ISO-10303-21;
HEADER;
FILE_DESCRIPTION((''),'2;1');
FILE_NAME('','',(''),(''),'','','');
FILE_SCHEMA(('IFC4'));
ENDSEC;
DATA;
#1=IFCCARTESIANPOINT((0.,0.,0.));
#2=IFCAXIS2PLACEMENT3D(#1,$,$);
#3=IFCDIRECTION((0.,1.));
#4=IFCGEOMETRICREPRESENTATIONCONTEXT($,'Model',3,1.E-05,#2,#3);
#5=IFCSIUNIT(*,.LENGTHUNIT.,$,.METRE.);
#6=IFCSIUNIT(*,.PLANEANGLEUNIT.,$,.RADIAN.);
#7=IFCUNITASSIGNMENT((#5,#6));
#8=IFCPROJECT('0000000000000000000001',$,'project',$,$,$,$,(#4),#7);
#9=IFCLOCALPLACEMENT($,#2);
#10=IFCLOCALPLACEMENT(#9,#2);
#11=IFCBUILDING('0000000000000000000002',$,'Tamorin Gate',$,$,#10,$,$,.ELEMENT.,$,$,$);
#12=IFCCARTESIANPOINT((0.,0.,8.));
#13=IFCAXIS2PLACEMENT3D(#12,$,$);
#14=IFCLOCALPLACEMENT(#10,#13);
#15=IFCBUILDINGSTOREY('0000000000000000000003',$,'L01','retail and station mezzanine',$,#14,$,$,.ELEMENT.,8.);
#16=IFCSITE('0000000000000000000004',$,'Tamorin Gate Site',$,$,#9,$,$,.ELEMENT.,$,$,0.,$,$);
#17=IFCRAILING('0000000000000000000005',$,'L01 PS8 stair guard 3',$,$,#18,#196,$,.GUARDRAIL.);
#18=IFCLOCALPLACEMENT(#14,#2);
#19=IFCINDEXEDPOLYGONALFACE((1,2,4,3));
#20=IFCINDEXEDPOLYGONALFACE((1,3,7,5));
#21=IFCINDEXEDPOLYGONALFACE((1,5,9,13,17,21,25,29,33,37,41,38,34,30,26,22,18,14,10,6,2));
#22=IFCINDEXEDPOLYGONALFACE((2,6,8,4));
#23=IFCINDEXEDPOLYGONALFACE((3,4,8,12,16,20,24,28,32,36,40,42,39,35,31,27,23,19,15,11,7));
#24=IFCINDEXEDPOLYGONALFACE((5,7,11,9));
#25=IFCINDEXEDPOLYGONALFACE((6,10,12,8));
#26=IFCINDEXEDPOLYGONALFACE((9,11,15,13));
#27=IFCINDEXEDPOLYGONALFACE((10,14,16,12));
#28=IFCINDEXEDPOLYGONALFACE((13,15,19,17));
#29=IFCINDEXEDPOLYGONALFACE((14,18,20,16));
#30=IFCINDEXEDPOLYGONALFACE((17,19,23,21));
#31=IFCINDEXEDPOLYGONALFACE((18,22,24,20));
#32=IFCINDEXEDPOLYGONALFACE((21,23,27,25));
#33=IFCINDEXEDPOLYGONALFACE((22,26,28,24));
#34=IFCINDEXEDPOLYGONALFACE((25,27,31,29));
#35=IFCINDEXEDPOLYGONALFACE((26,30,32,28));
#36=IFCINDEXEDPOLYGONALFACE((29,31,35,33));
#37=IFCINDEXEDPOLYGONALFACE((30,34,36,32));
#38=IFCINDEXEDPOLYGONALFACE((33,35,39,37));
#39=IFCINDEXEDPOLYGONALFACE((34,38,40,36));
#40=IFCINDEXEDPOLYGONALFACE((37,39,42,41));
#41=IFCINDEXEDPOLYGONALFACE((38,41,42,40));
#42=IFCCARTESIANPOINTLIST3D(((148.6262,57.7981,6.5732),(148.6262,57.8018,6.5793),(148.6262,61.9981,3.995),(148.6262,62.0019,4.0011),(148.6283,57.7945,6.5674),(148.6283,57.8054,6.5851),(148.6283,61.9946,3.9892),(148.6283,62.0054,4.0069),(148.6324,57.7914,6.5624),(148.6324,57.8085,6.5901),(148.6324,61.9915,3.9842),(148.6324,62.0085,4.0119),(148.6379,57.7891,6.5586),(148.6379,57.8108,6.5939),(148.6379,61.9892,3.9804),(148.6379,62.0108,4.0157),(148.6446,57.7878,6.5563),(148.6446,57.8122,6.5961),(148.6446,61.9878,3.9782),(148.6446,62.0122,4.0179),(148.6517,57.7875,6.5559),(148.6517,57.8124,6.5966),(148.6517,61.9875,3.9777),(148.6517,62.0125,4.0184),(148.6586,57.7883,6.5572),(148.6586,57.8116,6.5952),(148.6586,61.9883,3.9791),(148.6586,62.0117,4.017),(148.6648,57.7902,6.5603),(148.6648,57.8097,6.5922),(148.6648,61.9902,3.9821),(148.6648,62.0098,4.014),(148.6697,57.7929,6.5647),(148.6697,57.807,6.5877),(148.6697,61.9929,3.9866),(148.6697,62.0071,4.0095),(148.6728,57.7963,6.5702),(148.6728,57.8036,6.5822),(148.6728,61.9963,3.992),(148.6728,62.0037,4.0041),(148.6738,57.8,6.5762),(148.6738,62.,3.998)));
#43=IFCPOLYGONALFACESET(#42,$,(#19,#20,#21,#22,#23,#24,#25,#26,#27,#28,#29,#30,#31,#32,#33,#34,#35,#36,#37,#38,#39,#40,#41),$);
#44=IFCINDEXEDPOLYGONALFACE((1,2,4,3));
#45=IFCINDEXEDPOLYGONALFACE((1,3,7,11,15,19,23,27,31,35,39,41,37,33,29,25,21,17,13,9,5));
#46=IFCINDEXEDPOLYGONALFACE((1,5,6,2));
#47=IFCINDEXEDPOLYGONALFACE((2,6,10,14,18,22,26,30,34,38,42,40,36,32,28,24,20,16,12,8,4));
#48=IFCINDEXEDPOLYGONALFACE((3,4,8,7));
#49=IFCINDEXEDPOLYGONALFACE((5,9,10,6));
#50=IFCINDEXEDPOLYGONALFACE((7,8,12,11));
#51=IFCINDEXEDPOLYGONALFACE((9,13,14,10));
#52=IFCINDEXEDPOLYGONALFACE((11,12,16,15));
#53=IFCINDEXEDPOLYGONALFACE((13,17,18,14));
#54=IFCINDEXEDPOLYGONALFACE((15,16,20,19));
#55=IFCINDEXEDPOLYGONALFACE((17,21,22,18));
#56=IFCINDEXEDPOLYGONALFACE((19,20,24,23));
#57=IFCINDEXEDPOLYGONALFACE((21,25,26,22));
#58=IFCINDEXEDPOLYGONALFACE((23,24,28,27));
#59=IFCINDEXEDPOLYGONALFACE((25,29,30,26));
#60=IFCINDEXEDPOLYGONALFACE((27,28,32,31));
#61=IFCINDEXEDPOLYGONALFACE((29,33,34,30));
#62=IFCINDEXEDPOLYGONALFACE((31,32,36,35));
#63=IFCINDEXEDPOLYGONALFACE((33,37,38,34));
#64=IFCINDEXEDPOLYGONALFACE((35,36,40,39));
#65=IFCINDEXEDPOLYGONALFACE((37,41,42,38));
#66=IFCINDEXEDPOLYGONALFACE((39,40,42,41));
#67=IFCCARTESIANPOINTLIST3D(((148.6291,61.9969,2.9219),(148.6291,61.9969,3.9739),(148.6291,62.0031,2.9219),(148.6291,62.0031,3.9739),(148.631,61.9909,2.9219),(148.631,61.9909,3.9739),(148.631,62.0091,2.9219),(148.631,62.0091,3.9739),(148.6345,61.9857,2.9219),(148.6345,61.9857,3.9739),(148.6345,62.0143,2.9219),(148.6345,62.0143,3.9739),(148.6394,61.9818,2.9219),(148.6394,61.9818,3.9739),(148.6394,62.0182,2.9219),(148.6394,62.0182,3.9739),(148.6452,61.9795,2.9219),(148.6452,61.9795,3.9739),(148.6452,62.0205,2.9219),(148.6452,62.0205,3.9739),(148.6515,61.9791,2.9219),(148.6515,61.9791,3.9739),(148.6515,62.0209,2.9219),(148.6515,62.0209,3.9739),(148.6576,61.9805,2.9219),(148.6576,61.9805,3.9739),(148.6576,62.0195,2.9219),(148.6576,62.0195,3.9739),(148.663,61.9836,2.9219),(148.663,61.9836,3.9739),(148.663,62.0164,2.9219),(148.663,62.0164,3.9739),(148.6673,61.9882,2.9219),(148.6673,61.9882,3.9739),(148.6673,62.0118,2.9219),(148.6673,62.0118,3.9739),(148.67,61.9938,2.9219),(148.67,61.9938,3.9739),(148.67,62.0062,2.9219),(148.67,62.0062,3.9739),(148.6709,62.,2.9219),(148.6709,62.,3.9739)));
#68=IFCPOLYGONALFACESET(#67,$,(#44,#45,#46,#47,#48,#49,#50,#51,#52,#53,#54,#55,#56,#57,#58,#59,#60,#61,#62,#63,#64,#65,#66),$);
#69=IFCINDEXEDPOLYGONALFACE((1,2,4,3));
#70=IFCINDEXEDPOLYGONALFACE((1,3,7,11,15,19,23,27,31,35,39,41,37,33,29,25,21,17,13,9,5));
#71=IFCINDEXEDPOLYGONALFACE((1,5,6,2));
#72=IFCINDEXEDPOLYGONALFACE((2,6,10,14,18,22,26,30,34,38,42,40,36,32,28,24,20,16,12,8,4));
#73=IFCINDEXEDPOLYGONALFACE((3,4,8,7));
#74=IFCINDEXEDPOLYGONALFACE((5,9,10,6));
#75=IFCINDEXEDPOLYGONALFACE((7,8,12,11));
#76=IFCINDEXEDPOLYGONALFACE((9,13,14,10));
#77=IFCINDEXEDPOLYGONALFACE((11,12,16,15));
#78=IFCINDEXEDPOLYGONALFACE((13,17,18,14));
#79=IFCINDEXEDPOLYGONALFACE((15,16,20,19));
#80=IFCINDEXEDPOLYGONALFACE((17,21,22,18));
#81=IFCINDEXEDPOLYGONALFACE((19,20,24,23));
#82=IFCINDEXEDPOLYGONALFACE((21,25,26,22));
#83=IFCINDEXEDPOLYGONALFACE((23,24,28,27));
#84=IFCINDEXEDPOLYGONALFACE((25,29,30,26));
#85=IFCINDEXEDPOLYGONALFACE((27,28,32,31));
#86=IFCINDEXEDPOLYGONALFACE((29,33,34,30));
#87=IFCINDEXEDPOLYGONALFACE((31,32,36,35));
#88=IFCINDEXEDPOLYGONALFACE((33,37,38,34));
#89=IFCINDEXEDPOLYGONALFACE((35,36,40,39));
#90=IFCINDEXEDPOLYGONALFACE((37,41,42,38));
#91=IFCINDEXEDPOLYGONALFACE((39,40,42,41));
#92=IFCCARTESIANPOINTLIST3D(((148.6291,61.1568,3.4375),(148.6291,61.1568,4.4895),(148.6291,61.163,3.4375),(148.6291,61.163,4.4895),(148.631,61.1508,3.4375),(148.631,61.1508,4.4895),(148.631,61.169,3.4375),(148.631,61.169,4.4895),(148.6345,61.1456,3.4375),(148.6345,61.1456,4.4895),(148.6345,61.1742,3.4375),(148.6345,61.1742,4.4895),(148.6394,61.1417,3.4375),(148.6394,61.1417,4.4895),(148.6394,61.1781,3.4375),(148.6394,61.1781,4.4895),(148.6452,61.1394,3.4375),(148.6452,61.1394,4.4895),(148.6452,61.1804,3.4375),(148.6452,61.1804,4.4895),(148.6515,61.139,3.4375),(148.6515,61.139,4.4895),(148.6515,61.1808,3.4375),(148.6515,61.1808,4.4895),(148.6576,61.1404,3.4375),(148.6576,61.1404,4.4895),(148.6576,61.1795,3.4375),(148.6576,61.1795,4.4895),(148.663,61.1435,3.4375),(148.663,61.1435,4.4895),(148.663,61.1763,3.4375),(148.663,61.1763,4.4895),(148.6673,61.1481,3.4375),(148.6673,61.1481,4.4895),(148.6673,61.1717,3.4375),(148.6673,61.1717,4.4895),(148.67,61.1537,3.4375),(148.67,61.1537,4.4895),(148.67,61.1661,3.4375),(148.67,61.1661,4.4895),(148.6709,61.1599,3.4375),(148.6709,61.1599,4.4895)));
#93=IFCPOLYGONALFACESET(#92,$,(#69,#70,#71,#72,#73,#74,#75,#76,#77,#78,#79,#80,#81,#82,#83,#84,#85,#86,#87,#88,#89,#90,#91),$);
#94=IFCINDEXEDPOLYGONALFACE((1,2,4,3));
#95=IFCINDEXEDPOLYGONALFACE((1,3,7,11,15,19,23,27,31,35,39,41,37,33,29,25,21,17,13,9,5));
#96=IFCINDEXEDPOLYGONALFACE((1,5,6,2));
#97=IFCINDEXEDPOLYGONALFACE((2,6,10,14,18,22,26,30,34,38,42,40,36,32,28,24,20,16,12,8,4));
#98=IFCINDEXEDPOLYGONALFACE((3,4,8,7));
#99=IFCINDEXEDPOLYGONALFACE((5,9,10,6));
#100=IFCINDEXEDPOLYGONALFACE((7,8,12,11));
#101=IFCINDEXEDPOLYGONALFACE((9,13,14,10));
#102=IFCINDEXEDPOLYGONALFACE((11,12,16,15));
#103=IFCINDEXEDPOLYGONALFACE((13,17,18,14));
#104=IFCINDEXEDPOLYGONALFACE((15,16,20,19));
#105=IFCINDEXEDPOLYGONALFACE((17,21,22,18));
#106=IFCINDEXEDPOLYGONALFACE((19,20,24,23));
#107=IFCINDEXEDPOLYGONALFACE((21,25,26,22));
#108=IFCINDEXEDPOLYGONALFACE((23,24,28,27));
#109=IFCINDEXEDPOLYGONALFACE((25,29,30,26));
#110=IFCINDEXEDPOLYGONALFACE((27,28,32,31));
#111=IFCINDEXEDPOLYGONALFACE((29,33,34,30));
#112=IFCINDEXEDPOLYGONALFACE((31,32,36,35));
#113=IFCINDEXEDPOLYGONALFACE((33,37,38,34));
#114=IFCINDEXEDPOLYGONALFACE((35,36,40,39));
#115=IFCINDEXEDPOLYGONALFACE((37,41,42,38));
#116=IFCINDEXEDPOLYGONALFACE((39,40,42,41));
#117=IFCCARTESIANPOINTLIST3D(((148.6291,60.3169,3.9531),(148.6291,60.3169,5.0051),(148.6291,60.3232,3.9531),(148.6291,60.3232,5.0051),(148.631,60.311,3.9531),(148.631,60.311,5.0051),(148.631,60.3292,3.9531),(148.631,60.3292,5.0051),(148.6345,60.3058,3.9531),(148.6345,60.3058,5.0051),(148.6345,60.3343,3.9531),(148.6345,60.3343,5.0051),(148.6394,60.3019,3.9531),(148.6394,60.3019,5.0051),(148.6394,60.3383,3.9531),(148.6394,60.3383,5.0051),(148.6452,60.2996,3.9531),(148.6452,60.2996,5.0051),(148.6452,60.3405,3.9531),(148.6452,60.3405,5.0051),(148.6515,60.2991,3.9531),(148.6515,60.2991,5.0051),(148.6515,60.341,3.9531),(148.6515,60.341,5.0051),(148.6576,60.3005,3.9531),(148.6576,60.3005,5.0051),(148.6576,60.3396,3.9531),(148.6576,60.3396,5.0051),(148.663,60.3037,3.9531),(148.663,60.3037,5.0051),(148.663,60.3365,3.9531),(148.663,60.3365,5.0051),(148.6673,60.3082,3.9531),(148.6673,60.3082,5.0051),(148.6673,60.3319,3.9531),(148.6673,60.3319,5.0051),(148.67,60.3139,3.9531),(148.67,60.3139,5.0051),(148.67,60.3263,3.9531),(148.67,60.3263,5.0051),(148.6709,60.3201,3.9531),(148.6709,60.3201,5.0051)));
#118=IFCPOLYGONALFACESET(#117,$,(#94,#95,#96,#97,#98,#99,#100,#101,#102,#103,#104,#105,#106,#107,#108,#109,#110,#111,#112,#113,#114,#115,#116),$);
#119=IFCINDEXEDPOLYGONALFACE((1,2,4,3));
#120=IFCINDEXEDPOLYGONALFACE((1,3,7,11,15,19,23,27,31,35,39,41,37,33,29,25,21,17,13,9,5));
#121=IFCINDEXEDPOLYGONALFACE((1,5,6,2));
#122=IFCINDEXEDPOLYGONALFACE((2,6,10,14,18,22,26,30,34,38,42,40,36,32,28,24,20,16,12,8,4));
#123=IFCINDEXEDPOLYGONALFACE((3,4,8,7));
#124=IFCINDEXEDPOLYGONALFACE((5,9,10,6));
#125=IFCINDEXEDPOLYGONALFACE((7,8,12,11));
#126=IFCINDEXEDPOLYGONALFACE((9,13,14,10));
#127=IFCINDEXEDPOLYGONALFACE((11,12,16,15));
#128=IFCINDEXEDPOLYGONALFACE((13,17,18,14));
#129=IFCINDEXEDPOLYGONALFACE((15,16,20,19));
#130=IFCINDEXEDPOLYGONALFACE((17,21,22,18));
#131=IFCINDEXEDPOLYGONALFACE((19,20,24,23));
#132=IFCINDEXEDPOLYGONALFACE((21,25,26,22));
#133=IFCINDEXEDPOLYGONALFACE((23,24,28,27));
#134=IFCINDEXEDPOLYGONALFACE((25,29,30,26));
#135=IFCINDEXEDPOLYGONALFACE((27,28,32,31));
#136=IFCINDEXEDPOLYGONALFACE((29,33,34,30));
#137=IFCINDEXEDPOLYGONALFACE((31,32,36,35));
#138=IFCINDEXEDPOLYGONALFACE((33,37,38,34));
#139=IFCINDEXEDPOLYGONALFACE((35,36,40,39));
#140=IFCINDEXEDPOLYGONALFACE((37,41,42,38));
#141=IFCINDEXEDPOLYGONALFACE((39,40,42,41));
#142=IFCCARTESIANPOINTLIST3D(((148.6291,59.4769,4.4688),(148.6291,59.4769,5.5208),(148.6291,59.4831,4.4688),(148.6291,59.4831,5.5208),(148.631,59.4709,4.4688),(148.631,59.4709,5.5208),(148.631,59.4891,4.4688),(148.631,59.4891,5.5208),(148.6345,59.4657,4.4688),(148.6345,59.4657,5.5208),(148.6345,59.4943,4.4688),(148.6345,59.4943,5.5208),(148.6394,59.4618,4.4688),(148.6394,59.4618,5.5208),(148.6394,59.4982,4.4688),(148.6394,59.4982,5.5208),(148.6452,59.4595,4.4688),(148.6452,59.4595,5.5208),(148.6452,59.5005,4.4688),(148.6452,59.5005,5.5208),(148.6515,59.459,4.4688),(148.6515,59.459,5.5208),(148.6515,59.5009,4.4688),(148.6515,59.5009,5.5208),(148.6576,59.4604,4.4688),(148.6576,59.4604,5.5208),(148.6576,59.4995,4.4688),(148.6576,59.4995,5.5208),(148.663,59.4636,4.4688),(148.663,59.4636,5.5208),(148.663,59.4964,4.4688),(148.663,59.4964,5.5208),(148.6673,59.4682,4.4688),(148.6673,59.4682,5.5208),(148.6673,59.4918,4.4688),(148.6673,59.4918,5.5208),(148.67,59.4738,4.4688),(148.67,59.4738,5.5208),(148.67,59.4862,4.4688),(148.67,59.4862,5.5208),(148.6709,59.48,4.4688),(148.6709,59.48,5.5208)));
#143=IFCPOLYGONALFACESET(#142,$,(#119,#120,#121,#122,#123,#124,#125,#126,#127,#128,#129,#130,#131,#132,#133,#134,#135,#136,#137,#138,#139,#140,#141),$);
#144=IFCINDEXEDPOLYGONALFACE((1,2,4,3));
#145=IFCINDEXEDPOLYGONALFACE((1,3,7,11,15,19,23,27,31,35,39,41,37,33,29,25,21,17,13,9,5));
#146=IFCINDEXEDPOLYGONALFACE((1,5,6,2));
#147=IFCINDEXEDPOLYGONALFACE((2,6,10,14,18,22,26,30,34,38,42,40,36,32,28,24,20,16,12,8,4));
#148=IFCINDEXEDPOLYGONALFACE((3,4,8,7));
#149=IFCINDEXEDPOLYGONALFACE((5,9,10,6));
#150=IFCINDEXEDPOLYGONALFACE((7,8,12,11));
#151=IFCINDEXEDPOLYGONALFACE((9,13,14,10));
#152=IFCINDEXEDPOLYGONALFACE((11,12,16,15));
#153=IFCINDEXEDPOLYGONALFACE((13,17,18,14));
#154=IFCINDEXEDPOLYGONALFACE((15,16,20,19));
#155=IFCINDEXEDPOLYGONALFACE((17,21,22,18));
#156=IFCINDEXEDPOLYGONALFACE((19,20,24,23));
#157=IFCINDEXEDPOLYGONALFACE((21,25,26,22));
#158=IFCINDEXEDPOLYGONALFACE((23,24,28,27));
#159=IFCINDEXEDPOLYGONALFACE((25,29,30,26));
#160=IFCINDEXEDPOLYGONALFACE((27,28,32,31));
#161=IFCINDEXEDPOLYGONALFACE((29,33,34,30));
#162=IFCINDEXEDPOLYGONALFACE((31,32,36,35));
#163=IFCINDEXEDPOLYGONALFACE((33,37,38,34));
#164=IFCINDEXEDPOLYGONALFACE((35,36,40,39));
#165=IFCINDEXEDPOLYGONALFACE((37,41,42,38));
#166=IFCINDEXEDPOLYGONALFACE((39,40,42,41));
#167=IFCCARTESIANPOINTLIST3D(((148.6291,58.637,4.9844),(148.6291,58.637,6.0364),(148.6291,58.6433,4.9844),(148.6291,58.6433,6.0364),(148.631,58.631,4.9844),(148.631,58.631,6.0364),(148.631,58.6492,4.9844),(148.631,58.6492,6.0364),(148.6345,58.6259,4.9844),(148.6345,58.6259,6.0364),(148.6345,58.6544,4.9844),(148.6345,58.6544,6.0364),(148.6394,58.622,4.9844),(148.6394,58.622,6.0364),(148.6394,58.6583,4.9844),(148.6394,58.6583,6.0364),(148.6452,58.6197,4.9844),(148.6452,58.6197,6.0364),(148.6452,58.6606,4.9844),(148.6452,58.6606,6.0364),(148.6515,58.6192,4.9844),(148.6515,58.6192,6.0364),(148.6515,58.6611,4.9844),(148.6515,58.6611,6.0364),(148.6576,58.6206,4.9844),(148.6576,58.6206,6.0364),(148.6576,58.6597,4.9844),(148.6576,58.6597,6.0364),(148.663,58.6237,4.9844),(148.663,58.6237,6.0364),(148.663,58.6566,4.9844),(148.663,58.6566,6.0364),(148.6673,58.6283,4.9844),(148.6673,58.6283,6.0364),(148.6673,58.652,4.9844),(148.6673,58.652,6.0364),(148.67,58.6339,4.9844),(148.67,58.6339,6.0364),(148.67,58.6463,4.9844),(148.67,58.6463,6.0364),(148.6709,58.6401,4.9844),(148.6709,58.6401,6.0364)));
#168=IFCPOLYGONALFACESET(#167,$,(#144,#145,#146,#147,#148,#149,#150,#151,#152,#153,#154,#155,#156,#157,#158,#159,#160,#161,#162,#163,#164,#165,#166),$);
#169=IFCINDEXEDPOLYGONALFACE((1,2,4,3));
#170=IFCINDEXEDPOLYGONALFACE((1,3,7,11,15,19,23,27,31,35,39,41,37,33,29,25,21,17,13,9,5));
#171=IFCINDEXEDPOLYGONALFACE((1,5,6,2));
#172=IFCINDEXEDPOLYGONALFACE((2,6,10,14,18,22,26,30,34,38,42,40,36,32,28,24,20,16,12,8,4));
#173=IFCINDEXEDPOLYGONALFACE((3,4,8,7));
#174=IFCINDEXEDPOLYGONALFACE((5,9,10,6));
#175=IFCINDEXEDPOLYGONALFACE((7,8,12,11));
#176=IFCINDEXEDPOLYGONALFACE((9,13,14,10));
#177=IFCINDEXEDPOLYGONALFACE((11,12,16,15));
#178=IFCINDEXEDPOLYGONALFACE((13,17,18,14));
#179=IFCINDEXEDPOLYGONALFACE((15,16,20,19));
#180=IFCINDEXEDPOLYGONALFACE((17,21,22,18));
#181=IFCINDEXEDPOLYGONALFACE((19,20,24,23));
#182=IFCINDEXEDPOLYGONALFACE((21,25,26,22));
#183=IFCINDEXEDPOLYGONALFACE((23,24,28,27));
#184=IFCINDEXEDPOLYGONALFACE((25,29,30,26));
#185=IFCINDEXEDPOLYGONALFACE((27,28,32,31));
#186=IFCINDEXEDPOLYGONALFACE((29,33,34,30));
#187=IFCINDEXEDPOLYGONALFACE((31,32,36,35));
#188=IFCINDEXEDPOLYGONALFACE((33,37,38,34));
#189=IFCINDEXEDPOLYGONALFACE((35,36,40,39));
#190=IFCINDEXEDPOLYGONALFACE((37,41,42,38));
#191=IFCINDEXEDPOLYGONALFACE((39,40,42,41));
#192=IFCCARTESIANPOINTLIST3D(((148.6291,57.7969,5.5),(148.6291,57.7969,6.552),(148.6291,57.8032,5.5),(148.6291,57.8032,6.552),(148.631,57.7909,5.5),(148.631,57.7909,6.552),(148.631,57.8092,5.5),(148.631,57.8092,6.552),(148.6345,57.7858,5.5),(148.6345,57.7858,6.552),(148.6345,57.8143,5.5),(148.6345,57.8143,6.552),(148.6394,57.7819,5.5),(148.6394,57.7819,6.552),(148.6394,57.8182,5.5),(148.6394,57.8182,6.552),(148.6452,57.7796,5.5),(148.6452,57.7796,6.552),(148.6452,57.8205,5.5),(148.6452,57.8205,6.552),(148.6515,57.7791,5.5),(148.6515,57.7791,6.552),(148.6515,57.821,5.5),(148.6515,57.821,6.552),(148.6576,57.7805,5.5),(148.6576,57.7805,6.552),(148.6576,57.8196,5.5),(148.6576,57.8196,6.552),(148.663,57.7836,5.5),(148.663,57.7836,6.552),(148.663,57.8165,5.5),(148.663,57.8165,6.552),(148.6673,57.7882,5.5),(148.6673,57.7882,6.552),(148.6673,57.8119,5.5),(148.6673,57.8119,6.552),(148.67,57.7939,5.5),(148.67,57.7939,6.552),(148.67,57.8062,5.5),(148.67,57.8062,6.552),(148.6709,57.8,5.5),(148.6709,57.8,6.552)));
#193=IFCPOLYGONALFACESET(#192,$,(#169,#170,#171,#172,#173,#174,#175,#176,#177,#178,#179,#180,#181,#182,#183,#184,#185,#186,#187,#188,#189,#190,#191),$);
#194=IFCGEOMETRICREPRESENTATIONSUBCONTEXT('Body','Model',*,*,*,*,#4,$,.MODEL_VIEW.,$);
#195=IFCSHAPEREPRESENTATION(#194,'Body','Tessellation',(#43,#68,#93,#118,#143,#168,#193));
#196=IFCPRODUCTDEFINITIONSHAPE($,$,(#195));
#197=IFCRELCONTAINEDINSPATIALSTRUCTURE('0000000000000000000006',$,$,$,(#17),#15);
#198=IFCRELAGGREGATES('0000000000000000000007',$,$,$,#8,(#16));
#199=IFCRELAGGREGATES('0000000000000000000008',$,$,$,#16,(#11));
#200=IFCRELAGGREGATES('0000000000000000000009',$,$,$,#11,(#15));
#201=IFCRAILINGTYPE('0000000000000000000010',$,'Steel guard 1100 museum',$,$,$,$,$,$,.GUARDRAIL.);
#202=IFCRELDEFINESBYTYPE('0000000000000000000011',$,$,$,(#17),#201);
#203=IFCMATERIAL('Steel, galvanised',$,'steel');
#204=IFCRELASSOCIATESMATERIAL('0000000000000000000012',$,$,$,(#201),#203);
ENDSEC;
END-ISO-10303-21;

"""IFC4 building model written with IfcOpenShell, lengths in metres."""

from ifc_helpers import new_model, si_unit, direction, frame, origin, origin_2d, place, context, subcontext, project, spatial, circle, extrude, material, type_object, element, save


model = new_model("IFC4")

# Units and contexts
model_context = context("Model", 3, precision=1e-05, world=origin(), true_north=direction((0.0, 1.0)))
body_context = subcontext(model_context, "Body", "Model", "MODEL_VIEW")
ifc_project = project(units=[si_unit("LENGTHUNIT", "METRE"), si_unit("PLANEANGLEUNIT", "RADIAN")], contexts=[model_context])

# Site, building, storey
site_placement = place(None, origin())
site = spatial("IfcSite", under=ifc_project, at=site_placement, Name="Tamorin Gate Site", CompositionType="ELEMENT", RefElevation=0.0)
building_placement = place(site_placement, origin())
building = spatial("IfcBuilding", under=site, at=building_placement, Name="Tamorin Gate", CompositionType="ELEMENT")
storey_placement = place(building_placement, frame((0.0, 0.0, 8.0)))
storey = spatial("IfcBuildingStorey", under=building, at=storey_placement, Name="L01", Description="retail and station mezzanine", CompositionType="ELEMENT", Elevation=8.0)

# Railing
ifc_material_1 = material(Name="Steel, galvanised", Category="steel")
railing_type_1 = type_object("IfcRailingType", Name="Steel guard 1100 museum", PredefinedType="GUARDRAIL", material=ifc_material_1)
railing_1_placement = place(storey_placement, frame((148.6499, 62.0, 2.9219)))
element("IfcRailing", 1, at=railing_1_placement, inside=storey, type_object=railing_type_1, Name="L01 PS8 stair guard 3", PredefinedType="GUARDRAIL", context=body_context, shape_type="SweptSolid", body=[
    extrude(circle(Radius=0.0239, at=origin_2d()), frame((0.0, 0.0, 1.0762), z_axis=(0.0, -0.852243, 0.523146), x_axis=(1.0, 0.0, 0.0)), (0.0, 0.0, 1.0), 4.9282),
    extrude(circle(Radius=0.021, at=origin_2d()), origin(), (0.0, 0.0, 1.0), 1.052),
    extrude(circle(Radius=0.021, at=origin_2d()), frame((0.0, -0.8401, 0.5156)), (0.0, 0.0, 1.0), 1.052),
    extrude(circle(Radius=0.021, at=origin_2d()), frame((0.0, -1.6799, 1.0312)), (0.0, 0.0, 1.0), 1.052),
    extrude(circle(Radius=0.021, at=origin_2d()), frame((0.0, -2.52, 1.5469)), (0.0, 0.0, 1.0), 1.052),
    extrude(circle(Radius=0.021, at=origin_2d()), frame((0.0, -3.3599, 2.0625)), (0.0, 0.0, 1.0), 1.052),
    extrude(circle(Radius=0.021, at=origin_2d()), frame((0.0, -4.2, 2.5781)), (0.0, 0.0, 1.0), 1.052),
])

save(model, "model.ifc")
